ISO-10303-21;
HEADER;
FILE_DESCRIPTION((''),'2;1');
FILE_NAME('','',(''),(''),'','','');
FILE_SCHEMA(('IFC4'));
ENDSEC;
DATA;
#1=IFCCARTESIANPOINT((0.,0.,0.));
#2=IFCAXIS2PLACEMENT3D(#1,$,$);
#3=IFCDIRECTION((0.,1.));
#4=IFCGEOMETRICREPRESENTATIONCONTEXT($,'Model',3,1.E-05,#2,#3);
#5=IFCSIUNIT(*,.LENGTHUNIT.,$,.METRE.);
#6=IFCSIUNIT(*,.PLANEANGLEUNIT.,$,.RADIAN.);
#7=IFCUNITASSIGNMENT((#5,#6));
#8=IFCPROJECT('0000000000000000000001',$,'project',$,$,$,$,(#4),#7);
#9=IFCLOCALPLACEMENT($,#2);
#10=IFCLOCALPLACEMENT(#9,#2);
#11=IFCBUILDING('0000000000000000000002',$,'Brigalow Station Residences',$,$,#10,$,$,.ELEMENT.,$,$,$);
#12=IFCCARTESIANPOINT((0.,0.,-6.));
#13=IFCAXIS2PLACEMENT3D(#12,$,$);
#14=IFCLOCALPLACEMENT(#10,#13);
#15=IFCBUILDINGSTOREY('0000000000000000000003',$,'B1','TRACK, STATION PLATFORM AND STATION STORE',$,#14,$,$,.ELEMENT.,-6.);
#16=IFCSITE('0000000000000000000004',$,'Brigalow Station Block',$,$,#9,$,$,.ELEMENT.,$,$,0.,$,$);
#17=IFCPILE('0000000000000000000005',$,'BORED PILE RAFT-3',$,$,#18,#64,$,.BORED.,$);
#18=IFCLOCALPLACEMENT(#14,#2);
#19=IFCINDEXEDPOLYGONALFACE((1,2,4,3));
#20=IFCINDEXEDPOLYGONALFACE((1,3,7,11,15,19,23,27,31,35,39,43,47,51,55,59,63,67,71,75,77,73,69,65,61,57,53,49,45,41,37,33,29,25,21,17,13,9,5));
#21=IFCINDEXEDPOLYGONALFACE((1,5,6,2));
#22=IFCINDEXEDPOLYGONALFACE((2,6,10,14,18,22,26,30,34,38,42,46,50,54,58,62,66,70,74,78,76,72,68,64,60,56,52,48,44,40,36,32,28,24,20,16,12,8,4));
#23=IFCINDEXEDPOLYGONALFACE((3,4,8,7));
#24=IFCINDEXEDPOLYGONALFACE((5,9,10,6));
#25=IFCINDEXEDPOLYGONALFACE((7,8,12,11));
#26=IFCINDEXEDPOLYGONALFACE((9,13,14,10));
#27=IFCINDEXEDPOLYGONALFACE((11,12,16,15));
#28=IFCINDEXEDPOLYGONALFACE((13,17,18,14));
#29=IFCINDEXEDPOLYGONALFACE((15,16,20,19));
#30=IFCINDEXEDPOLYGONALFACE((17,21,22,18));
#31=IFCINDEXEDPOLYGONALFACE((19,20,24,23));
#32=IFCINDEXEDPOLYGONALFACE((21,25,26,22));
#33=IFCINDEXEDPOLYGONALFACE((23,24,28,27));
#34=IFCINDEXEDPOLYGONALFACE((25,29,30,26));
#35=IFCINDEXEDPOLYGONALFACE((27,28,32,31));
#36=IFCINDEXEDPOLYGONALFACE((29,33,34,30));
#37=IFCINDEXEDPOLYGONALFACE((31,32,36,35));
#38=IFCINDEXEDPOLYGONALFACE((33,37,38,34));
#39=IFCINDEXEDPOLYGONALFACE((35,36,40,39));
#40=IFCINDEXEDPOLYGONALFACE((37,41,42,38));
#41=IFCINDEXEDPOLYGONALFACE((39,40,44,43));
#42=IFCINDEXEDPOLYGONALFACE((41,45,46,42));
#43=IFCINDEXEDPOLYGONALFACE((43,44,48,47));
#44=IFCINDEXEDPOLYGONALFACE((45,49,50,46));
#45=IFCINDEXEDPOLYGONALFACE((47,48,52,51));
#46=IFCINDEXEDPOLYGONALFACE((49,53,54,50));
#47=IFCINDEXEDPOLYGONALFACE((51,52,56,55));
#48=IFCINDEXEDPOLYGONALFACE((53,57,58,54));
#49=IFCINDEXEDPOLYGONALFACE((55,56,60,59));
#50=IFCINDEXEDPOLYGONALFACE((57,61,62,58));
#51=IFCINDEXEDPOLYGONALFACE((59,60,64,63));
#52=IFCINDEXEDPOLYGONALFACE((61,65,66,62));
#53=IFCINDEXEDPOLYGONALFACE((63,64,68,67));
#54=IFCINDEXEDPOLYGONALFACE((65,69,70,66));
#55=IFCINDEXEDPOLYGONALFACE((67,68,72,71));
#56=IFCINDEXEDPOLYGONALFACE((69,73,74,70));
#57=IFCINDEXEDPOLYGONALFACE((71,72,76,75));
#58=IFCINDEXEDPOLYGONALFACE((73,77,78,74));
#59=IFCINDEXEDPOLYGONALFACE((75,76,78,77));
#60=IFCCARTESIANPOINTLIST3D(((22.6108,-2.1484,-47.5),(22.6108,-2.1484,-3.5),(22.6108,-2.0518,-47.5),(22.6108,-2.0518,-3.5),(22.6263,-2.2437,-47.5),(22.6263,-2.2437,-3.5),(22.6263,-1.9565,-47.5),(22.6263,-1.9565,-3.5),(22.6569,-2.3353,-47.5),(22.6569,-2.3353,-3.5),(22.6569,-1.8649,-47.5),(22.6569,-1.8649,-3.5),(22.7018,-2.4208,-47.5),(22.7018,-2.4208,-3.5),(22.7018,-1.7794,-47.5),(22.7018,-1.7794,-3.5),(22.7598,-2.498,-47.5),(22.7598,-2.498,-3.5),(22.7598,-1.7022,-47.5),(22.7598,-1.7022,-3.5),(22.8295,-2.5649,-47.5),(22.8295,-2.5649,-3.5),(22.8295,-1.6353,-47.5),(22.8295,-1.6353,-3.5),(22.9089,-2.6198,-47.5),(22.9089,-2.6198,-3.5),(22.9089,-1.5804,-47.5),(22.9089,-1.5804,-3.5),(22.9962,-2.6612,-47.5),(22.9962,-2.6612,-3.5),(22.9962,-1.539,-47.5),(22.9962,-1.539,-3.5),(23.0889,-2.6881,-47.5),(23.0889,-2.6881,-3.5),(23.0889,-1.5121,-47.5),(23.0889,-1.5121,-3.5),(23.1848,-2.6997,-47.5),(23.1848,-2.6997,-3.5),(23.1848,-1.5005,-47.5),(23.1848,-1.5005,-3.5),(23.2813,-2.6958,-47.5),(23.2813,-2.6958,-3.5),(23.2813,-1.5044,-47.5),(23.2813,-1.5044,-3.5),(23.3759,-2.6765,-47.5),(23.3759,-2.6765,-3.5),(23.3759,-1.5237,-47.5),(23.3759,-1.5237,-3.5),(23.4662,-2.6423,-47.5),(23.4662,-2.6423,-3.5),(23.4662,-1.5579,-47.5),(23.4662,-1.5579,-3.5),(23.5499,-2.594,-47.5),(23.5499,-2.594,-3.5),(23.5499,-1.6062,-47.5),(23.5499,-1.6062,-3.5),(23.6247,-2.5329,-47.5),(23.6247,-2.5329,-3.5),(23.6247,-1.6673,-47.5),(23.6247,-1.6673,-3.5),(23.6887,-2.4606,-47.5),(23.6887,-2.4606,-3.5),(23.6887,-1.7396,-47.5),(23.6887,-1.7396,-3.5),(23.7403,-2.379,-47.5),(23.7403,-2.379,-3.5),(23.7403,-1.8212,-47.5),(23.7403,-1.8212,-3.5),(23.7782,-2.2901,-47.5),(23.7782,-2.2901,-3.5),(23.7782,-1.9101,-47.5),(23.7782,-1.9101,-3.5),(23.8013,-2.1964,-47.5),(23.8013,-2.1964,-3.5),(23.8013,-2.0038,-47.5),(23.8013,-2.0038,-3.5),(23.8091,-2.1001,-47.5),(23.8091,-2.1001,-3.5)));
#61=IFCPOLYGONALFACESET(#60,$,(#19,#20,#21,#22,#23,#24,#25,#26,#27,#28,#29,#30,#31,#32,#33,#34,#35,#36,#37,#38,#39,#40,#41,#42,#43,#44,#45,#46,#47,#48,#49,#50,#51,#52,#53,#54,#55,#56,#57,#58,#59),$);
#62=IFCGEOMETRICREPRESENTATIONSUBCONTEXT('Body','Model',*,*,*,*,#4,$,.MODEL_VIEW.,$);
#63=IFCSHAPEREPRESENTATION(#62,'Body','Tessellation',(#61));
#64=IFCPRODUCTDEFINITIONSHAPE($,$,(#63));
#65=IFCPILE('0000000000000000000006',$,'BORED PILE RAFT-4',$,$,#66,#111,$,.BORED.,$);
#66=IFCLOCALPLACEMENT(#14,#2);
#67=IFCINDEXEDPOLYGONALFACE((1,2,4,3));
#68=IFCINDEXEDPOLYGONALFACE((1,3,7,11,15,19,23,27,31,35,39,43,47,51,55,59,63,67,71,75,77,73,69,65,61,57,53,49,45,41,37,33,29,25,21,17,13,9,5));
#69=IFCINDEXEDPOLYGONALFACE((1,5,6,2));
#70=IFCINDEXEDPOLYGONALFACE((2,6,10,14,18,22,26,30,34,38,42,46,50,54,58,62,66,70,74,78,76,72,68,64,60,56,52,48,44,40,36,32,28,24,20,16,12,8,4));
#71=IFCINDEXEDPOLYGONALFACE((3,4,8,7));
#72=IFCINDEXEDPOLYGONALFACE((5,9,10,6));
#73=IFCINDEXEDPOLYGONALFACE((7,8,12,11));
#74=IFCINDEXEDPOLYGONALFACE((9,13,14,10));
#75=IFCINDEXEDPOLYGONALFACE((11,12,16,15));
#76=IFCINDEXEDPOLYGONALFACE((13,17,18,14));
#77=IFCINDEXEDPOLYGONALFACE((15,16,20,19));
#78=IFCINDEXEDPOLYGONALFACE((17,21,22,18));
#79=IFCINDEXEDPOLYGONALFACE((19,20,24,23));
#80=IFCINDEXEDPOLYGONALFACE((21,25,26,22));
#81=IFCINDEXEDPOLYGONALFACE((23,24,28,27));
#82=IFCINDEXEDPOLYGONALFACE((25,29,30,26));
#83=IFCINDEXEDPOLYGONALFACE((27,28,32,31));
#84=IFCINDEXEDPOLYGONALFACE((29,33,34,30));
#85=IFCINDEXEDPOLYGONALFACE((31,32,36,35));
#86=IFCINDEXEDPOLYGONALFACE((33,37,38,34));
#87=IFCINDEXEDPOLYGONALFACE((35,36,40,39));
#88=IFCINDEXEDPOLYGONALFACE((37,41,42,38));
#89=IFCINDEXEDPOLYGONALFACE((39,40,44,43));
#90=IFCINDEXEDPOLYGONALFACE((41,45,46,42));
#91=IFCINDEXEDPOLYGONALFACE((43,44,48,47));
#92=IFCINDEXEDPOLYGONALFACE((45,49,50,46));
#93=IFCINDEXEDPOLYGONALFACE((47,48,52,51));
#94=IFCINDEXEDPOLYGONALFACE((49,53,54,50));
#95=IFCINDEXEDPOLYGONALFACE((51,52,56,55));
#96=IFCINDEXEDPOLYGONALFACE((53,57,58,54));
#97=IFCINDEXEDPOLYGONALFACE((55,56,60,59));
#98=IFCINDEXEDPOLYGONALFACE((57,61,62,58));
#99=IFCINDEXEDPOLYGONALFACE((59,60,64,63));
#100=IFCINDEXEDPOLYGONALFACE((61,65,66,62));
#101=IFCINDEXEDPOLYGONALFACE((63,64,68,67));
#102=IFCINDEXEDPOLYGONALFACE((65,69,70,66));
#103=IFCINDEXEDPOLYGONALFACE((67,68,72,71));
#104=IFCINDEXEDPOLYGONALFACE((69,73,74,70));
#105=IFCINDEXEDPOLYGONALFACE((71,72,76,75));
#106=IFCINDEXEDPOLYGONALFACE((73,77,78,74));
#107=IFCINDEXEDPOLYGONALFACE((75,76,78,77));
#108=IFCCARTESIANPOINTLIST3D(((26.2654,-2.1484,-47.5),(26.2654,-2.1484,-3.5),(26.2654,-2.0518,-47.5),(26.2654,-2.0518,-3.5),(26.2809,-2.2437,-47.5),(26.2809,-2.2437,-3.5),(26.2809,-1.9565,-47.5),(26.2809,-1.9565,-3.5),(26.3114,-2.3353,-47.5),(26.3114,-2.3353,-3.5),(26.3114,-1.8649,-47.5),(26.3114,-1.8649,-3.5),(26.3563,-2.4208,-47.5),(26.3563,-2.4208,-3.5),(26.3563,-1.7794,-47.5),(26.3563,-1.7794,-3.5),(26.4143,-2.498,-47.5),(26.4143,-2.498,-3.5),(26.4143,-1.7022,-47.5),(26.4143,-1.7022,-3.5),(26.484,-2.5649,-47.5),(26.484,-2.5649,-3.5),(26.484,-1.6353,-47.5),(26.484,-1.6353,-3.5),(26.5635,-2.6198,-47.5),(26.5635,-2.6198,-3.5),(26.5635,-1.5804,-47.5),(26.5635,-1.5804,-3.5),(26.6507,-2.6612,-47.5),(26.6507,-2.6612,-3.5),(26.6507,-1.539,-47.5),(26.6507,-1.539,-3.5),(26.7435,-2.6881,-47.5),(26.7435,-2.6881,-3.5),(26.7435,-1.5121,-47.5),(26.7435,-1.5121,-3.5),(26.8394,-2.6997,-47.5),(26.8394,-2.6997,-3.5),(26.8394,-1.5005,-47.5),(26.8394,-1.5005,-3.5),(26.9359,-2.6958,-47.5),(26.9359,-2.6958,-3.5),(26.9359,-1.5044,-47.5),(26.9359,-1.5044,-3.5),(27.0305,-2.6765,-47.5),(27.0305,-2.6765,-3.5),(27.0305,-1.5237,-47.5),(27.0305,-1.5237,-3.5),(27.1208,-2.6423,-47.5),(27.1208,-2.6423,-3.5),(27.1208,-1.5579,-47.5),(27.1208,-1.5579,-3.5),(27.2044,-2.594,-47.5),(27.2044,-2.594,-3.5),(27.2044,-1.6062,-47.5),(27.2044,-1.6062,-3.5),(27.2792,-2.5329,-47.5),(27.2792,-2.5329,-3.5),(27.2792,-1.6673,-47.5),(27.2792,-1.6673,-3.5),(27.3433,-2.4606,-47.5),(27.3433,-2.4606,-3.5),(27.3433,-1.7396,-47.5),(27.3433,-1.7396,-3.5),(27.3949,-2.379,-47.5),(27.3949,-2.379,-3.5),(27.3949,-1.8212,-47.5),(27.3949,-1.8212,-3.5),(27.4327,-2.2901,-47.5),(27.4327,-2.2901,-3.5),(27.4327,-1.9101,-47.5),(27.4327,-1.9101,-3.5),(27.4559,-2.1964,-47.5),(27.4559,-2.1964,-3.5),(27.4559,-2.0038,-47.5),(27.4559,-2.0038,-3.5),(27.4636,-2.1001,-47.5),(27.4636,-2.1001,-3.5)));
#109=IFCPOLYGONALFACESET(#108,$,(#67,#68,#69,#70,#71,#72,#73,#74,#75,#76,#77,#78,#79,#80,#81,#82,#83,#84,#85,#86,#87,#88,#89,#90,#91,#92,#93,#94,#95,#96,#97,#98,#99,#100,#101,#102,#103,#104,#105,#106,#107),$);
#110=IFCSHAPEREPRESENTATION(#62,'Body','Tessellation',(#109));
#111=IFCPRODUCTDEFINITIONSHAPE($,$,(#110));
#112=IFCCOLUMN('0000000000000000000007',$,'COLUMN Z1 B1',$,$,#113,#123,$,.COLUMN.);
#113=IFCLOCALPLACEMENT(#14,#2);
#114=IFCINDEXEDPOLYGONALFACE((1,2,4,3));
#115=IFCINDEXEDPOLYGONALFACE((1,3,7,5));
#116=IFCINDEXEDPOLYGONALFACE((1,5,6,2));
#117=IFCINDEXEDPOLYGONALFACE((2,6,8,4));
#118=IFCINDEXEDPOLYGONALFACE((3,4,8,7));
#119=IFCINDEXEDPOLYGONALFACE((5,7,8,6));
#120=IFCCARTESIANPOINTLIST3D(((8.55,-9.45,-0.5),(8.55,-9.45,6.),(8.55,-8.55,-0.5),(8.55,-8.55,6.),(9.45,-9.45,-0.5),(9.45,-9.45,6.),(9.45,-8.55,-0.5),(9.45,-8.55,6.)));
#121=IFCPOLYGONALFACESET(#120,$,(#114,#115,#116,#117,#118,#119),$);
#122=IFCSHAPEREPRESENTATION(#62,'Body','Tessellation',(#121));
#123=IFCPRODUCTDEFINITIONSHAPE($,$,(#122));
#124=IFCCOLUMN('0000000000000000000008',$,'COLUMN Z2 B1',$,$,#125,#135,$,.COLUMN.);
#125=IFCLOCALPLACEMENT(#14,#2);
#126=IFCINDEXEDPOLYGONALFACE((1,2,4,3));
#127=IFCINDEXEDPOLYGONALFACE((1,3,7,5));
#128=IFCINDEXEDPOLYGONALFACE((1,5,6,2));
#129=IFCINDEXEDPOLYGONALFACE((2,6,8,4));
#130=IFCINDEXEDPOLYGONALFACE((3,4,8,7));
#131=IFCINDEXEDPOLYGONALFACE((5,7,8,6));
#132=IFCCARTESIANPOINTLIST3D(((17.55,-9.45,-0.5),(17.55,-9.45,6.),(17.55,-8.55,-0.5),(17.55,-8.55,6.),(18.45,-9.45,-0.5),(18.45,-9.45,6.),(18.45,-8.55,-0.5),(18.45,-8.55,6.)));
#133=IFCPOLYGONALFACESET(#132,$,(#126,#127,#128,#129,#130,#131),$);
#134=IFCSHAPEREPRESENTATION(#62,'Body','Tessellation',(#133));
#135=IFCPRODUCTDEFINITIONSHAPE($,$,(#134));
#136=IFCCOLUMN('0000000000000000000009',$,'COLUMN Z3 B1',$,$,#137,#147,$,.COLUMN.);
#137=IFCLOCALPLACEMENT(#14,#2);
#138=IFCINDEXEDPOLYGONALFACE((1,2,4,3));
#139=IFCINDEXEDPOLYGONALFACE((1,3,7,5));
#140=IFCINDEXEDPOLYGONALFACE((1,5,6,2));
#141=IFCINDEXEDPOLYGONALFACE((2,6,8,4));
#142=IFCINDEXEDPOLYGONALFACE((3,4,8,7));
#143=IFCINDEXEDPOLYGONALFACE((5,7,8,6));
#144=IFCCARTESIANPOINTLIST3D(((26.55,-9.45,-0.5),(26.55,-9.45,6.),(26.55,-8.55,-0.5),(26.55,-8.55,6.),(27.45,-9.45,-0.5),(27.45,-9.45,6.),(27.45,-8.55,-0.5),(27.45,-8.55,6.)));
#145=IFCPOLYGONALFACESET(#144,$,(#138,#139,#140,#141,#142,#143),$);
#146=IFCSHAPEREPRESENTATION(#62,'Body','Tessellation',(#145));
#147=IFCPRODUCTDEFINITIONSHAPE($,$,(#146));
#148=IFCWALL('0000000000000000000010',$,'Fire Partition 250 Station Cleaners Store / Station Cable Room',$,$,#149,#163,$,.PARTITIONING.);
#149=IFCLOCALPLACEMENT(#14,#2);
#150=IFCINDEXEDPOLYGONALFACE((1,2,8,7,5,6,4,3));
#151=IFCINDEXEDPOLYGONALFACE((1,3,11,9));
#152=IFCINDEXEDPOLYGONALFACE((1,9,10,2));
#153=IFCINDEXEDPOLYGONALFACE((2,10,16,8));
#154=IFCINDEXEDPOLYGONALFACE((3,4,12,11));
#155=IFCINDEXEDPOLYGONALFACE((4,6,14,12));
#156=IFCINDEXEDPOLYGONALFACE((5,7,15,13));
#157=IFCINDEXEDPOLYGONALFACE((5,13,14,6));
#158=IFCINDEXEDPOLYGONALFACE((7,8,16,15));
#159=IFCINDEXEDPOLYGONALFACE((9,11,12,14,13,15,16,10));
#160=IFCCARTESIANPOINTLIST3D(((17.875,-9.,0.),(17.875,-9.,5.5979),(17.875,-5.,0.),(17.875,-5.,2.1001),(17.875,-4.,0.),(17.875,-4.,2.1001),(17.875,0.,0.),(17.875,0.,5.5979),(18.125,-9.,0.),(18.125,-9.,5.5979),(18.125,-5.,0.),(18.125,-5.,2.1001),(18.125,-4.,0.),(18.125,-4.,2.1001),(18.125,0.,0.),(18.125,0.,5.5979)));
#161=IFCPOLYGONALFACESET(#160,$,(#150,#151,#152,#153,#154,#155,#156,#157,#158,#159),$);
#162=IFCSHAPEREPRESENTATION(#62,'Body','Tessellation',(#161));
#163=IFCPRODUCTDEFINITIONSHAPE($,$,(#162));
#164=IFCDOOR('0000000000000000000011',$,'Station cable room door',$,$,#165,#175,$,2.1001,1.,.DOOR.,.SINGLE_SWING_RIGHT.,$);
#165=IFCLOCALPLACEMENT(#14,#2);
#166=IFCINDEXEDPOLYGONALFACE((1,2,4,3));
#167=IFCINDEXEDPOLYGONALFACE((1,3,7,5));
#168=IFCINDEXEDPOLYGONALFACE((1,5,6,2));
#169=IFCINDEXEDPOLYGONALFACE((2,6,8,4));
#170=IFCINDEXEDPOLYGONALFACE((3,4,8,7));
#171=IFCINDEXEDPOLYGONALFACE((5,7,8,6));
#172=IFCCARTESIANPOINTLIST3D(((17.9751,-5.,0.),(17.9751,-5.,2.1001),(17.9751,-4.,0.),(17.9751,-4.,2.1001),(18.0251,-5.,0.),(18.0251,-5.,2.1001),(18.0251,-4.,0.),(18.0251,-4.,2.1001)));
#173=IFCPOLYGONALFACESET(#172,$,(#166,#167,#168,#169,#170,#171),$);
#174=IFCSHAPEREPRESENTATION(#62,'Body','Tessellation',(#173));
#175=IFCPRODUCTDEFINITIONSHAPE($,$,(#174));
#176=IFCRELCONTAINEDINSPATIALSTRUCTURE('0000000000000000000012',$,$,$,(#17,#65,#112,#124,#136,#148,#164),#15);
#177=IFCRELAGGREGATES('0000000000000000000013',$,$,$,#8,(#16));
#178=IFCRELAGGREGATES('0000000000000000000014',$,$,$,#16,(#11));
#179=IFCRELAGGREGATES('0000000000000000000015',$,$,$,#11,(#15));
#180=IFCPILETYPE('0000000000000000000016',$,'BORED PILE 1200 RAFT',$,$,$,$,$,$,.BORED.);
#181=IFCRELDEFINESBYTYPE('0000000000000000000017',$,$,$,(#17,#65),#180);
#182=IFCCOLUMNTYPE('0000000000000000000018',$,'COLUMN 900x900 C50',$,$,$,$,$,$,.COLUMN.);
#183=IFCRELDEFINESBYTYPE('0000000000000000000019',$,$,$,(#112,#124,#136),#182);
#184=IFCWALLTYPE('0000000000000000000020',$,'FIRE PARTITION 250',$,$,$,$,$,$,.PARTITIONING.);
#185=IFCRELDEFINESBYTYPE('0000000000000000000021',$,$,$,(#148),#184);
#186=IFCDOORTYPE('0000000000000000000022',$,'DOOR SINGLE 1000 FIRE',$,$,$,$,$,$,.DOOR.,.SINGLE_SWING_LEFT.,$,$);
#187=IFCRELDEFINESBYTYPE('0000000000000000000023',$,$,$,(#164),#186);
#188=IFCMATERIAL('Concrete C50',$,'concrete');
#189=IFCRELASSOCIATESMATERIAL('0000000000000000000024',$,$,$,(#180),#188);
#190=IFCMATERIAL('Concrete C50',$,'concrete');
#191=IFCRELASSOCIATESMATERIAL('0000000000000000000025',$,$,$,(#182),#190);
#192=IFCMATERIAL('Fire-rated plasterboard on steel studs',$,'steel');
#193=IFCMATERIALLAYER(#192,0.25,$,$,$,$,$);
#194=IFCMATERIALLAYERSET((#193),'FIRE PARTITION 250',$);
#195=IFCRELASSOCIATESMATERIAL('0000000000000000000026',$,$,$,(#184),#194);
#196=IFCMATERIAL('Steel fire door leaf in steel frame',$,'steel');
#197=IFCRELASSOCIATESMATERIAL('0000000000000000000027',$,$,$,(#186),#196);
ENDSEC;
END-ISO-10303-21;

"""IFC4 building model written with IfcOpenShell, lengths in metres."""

from ifc_helpers import new_model, si_unit, direction, frame, frame_2d, origin, origin_2d, place, context, subcontext, project, spatial, rectangle, circle, extrude, material, layer, layer_set, material_profile, profile_set, type_object, element, fill, save


model = new_model("IFC4")

# Units and contexts
model_context = context("Model", 3, precision=1e-05, world=origin(), true_north=direction((0.0, 1.0)))
body_context = subcontext(model_context, "Body", "Model", "MODEL_VIEW")
ifc_project = project(units=[si_unit("LENGTHUNIT", "METRE"), si_unit("PLANEANGLEUNIT", "RADIAN")], contexts=[model_context])

# Site, building, storey
site_placement = place(None, origin())
site = spatial("IfcSite", under=ifc_project, at=site_placement, Name="Brigalow Station Block", CompositionType="ELEMENT", RefElevation=0.0)
building_placement = place(site_placement, origin())
building = spatial("IfcBuilding", under=site, at=building_placement, Name="Brigalow Station Residences", CompositionType="ELEMENT")
storey_placement = place(building_placement, frame((0.0, 0.0, -6.0)))
storey = spatial("IfcBuildingStorey", under=building, at=storey_placement, Name="B1", Description="TRACK, STATION PLATFORM AND STATION STORE", CompositionType="ELEMENT", Elevation=-6.0)

# Piles
ifc_material_1 = material(Name="Concrete C50", Category="concrete")
ifc_material_profile_1 = material_profile(ifc_material_1, circle(Radius=0.6001, at=origin_2d()), Name="BP1200")
ifc_profile_set_1 = profile_set([ifc_material_profile_1], Name="Concrete C50")
pile_type_1 = type_object("IfcPileType", Name="BORED PILE 1200 RAFT", PredefinedType="BORED", material=ifc_profile_set_1)
for number, where, z_axis, x_axis, name in (
    (1, (23.209, -2.1001, -3.5), (0.0, 0.0, -1.0), (1.0, 0.0, 0.0), "BORED PILE RAFT-3"),
    (2, (26.8635, -2.1001, -3.5), (0.0, 0.0, -1.0), (1.0, 0.0, 0.0), "BORED PILE RAFT-4"),
):
    element("IfcPile", number, at=place(storey_placement, frame(where, z_axis=z_axis, x_axis=x_axis)), inside=storey, type_object=pile_type_1, Name=name, PredefinedType="BORED", context=body_context, shape_type="SweptSolid", body=[
        extrude(circle(Radius=0.6001, at=origin_2d()), origin(), (0.0, 0.0, 1.0), 44.0),
    ])

# Columns
ifc_material_2 = material(Name="Concrete C50", Category="concrete")
ifc_material_profile_2 = material_profile(ifc_material_2, rectangle(XDim=0.8999, YDim=0.8999, at=origin_2d()), Name="RC900x900")
ifc_profile_set_2 = profile_set([ifc_material_profile_2], Name="Concrete C50")
column_type = type_object("IfcColumnType", Name="COLUMN 900x900 C50", PredefinedType="COLUMN", material=ifc_profile_set_2)
for number, where, z_axis, x_axis, name in (
    (3, (9.0, -9.0, -0.5), (0.0, 0.0, 1.0), (1.0, 0.0, 0.0), "COLUMN Z1 B1"),
    (4, (18.0, -9.0, -0.5), (0.0, 0.0, 1.0), (1.0, 0.0, 0.0), "COLUMN Z2 B1"),
    (5, (27.0, -9.0, -0.5), (0.0, 0.0, 1.0), (1.0, 0.0, 0.0), "COLUMN Z3 B1"),
):
    element("IfcColumn", number, at=place(storey_placement, frame(where, z_axis=z_axis, x_axis=x_axis)), inside=storey, type_object=column_type, Name=name, PredefinedType="COLUMN", context=body_context, shape_type="SweptSolid", body=[
        extrude(rectangle(XDim=0.8999, YDim=0.8999, at=origin_2d()), origin(), (0.0, 0.0, 1.0), 6.5),
    ])

# Wall, opening, door
ifc_material_3 = material(Name="Fire-rated plasterboard on steel studs", Category="steel")
ifc_layer = layer(ifc_material_3, 0.25)
ifc_layer_set = layer_set([ifc_layer], Name="FIRE PARTITION 250")
wall_type = type_object("IfcWallType", Name="FIRE PARTITION 250", PredefinedType="PARTITIONING", material=ifc_layer_set)
wall_placement = place(storey_placement, frame((18.0, -9.0, 0.0), z_axis=(0.0, 0.0, 1.0), x_axis=(0.0, 1.0, 0.0)))
wall = element("IfcWall", 6, at=wall_placement, inside=storey, type_object=wall_type, Name="Fire Partition 250 Station Cleaners Store / Station Cable Room", PredefinedType="PARTITIONING", context=body_context, shape_type="SweptSolid", body=[
    extrude(rectangle(XDim=9.0, YDim=0.25, at=frame_2d((4.5, 0.0))), origin(), (0.0, 0.0, 1.0), 5.5979),
])
opening_placement = place(wall_placement, frame((4.0, 0.0, 0.0)))
opening = element("IfcOpeningElement", 7, at=opening_placement, cuts=wall, PredefinedType="OPENING", context=body_context, shape_type="SweptSolid", body=[
    extrude(rectangle(XDim=1.0, YDim=2.1001, at=frame_2d((0.5, 1.05))), frame((0.0, 0.135, 0.0), z_axis=(0.0, -1.0, 0.0), x_axis=(1.0, 0.0, 0.0)), (0.0, 0.0, 1.0), 0.27),
])
ifc_material_4 = material(Name="Steel fire door leaf in steel frame", Category="steel")
door_type = type_object("IfcDoorType", Name="DOOR SINGLE 1000 FIRE", OperationType="SINGLE_SWING_LEFT", PredefinedType="DOOR", material=ifc_material_4)
door_placement = place(opening_placement, origin())
door = element("IfcDoor", 8, at=door_placement, inside=storey, type_object=door_type, Name="Station cable room door", OperationType="SINGLE_SWING_RIGHT", OverallHeight=2.1001, OverallWidth=1.0, PredefinedType="DOOR", context=body_context, shape_type="SweptSolid", body=[
    extrude(rectangle(XDim=1.0, YDim=2.1001, at=frame_2d((0.5, 1.05))), frame((0.0, 0.0249, 0.0), z_axis=(0.0, -1.0, 0.0), x_axis=(1.0, 0.0, 0.0)), (0.0, 0.0, 1.0), 0.05),
])
fill(opening, door)

save(model, "model.ifc")
